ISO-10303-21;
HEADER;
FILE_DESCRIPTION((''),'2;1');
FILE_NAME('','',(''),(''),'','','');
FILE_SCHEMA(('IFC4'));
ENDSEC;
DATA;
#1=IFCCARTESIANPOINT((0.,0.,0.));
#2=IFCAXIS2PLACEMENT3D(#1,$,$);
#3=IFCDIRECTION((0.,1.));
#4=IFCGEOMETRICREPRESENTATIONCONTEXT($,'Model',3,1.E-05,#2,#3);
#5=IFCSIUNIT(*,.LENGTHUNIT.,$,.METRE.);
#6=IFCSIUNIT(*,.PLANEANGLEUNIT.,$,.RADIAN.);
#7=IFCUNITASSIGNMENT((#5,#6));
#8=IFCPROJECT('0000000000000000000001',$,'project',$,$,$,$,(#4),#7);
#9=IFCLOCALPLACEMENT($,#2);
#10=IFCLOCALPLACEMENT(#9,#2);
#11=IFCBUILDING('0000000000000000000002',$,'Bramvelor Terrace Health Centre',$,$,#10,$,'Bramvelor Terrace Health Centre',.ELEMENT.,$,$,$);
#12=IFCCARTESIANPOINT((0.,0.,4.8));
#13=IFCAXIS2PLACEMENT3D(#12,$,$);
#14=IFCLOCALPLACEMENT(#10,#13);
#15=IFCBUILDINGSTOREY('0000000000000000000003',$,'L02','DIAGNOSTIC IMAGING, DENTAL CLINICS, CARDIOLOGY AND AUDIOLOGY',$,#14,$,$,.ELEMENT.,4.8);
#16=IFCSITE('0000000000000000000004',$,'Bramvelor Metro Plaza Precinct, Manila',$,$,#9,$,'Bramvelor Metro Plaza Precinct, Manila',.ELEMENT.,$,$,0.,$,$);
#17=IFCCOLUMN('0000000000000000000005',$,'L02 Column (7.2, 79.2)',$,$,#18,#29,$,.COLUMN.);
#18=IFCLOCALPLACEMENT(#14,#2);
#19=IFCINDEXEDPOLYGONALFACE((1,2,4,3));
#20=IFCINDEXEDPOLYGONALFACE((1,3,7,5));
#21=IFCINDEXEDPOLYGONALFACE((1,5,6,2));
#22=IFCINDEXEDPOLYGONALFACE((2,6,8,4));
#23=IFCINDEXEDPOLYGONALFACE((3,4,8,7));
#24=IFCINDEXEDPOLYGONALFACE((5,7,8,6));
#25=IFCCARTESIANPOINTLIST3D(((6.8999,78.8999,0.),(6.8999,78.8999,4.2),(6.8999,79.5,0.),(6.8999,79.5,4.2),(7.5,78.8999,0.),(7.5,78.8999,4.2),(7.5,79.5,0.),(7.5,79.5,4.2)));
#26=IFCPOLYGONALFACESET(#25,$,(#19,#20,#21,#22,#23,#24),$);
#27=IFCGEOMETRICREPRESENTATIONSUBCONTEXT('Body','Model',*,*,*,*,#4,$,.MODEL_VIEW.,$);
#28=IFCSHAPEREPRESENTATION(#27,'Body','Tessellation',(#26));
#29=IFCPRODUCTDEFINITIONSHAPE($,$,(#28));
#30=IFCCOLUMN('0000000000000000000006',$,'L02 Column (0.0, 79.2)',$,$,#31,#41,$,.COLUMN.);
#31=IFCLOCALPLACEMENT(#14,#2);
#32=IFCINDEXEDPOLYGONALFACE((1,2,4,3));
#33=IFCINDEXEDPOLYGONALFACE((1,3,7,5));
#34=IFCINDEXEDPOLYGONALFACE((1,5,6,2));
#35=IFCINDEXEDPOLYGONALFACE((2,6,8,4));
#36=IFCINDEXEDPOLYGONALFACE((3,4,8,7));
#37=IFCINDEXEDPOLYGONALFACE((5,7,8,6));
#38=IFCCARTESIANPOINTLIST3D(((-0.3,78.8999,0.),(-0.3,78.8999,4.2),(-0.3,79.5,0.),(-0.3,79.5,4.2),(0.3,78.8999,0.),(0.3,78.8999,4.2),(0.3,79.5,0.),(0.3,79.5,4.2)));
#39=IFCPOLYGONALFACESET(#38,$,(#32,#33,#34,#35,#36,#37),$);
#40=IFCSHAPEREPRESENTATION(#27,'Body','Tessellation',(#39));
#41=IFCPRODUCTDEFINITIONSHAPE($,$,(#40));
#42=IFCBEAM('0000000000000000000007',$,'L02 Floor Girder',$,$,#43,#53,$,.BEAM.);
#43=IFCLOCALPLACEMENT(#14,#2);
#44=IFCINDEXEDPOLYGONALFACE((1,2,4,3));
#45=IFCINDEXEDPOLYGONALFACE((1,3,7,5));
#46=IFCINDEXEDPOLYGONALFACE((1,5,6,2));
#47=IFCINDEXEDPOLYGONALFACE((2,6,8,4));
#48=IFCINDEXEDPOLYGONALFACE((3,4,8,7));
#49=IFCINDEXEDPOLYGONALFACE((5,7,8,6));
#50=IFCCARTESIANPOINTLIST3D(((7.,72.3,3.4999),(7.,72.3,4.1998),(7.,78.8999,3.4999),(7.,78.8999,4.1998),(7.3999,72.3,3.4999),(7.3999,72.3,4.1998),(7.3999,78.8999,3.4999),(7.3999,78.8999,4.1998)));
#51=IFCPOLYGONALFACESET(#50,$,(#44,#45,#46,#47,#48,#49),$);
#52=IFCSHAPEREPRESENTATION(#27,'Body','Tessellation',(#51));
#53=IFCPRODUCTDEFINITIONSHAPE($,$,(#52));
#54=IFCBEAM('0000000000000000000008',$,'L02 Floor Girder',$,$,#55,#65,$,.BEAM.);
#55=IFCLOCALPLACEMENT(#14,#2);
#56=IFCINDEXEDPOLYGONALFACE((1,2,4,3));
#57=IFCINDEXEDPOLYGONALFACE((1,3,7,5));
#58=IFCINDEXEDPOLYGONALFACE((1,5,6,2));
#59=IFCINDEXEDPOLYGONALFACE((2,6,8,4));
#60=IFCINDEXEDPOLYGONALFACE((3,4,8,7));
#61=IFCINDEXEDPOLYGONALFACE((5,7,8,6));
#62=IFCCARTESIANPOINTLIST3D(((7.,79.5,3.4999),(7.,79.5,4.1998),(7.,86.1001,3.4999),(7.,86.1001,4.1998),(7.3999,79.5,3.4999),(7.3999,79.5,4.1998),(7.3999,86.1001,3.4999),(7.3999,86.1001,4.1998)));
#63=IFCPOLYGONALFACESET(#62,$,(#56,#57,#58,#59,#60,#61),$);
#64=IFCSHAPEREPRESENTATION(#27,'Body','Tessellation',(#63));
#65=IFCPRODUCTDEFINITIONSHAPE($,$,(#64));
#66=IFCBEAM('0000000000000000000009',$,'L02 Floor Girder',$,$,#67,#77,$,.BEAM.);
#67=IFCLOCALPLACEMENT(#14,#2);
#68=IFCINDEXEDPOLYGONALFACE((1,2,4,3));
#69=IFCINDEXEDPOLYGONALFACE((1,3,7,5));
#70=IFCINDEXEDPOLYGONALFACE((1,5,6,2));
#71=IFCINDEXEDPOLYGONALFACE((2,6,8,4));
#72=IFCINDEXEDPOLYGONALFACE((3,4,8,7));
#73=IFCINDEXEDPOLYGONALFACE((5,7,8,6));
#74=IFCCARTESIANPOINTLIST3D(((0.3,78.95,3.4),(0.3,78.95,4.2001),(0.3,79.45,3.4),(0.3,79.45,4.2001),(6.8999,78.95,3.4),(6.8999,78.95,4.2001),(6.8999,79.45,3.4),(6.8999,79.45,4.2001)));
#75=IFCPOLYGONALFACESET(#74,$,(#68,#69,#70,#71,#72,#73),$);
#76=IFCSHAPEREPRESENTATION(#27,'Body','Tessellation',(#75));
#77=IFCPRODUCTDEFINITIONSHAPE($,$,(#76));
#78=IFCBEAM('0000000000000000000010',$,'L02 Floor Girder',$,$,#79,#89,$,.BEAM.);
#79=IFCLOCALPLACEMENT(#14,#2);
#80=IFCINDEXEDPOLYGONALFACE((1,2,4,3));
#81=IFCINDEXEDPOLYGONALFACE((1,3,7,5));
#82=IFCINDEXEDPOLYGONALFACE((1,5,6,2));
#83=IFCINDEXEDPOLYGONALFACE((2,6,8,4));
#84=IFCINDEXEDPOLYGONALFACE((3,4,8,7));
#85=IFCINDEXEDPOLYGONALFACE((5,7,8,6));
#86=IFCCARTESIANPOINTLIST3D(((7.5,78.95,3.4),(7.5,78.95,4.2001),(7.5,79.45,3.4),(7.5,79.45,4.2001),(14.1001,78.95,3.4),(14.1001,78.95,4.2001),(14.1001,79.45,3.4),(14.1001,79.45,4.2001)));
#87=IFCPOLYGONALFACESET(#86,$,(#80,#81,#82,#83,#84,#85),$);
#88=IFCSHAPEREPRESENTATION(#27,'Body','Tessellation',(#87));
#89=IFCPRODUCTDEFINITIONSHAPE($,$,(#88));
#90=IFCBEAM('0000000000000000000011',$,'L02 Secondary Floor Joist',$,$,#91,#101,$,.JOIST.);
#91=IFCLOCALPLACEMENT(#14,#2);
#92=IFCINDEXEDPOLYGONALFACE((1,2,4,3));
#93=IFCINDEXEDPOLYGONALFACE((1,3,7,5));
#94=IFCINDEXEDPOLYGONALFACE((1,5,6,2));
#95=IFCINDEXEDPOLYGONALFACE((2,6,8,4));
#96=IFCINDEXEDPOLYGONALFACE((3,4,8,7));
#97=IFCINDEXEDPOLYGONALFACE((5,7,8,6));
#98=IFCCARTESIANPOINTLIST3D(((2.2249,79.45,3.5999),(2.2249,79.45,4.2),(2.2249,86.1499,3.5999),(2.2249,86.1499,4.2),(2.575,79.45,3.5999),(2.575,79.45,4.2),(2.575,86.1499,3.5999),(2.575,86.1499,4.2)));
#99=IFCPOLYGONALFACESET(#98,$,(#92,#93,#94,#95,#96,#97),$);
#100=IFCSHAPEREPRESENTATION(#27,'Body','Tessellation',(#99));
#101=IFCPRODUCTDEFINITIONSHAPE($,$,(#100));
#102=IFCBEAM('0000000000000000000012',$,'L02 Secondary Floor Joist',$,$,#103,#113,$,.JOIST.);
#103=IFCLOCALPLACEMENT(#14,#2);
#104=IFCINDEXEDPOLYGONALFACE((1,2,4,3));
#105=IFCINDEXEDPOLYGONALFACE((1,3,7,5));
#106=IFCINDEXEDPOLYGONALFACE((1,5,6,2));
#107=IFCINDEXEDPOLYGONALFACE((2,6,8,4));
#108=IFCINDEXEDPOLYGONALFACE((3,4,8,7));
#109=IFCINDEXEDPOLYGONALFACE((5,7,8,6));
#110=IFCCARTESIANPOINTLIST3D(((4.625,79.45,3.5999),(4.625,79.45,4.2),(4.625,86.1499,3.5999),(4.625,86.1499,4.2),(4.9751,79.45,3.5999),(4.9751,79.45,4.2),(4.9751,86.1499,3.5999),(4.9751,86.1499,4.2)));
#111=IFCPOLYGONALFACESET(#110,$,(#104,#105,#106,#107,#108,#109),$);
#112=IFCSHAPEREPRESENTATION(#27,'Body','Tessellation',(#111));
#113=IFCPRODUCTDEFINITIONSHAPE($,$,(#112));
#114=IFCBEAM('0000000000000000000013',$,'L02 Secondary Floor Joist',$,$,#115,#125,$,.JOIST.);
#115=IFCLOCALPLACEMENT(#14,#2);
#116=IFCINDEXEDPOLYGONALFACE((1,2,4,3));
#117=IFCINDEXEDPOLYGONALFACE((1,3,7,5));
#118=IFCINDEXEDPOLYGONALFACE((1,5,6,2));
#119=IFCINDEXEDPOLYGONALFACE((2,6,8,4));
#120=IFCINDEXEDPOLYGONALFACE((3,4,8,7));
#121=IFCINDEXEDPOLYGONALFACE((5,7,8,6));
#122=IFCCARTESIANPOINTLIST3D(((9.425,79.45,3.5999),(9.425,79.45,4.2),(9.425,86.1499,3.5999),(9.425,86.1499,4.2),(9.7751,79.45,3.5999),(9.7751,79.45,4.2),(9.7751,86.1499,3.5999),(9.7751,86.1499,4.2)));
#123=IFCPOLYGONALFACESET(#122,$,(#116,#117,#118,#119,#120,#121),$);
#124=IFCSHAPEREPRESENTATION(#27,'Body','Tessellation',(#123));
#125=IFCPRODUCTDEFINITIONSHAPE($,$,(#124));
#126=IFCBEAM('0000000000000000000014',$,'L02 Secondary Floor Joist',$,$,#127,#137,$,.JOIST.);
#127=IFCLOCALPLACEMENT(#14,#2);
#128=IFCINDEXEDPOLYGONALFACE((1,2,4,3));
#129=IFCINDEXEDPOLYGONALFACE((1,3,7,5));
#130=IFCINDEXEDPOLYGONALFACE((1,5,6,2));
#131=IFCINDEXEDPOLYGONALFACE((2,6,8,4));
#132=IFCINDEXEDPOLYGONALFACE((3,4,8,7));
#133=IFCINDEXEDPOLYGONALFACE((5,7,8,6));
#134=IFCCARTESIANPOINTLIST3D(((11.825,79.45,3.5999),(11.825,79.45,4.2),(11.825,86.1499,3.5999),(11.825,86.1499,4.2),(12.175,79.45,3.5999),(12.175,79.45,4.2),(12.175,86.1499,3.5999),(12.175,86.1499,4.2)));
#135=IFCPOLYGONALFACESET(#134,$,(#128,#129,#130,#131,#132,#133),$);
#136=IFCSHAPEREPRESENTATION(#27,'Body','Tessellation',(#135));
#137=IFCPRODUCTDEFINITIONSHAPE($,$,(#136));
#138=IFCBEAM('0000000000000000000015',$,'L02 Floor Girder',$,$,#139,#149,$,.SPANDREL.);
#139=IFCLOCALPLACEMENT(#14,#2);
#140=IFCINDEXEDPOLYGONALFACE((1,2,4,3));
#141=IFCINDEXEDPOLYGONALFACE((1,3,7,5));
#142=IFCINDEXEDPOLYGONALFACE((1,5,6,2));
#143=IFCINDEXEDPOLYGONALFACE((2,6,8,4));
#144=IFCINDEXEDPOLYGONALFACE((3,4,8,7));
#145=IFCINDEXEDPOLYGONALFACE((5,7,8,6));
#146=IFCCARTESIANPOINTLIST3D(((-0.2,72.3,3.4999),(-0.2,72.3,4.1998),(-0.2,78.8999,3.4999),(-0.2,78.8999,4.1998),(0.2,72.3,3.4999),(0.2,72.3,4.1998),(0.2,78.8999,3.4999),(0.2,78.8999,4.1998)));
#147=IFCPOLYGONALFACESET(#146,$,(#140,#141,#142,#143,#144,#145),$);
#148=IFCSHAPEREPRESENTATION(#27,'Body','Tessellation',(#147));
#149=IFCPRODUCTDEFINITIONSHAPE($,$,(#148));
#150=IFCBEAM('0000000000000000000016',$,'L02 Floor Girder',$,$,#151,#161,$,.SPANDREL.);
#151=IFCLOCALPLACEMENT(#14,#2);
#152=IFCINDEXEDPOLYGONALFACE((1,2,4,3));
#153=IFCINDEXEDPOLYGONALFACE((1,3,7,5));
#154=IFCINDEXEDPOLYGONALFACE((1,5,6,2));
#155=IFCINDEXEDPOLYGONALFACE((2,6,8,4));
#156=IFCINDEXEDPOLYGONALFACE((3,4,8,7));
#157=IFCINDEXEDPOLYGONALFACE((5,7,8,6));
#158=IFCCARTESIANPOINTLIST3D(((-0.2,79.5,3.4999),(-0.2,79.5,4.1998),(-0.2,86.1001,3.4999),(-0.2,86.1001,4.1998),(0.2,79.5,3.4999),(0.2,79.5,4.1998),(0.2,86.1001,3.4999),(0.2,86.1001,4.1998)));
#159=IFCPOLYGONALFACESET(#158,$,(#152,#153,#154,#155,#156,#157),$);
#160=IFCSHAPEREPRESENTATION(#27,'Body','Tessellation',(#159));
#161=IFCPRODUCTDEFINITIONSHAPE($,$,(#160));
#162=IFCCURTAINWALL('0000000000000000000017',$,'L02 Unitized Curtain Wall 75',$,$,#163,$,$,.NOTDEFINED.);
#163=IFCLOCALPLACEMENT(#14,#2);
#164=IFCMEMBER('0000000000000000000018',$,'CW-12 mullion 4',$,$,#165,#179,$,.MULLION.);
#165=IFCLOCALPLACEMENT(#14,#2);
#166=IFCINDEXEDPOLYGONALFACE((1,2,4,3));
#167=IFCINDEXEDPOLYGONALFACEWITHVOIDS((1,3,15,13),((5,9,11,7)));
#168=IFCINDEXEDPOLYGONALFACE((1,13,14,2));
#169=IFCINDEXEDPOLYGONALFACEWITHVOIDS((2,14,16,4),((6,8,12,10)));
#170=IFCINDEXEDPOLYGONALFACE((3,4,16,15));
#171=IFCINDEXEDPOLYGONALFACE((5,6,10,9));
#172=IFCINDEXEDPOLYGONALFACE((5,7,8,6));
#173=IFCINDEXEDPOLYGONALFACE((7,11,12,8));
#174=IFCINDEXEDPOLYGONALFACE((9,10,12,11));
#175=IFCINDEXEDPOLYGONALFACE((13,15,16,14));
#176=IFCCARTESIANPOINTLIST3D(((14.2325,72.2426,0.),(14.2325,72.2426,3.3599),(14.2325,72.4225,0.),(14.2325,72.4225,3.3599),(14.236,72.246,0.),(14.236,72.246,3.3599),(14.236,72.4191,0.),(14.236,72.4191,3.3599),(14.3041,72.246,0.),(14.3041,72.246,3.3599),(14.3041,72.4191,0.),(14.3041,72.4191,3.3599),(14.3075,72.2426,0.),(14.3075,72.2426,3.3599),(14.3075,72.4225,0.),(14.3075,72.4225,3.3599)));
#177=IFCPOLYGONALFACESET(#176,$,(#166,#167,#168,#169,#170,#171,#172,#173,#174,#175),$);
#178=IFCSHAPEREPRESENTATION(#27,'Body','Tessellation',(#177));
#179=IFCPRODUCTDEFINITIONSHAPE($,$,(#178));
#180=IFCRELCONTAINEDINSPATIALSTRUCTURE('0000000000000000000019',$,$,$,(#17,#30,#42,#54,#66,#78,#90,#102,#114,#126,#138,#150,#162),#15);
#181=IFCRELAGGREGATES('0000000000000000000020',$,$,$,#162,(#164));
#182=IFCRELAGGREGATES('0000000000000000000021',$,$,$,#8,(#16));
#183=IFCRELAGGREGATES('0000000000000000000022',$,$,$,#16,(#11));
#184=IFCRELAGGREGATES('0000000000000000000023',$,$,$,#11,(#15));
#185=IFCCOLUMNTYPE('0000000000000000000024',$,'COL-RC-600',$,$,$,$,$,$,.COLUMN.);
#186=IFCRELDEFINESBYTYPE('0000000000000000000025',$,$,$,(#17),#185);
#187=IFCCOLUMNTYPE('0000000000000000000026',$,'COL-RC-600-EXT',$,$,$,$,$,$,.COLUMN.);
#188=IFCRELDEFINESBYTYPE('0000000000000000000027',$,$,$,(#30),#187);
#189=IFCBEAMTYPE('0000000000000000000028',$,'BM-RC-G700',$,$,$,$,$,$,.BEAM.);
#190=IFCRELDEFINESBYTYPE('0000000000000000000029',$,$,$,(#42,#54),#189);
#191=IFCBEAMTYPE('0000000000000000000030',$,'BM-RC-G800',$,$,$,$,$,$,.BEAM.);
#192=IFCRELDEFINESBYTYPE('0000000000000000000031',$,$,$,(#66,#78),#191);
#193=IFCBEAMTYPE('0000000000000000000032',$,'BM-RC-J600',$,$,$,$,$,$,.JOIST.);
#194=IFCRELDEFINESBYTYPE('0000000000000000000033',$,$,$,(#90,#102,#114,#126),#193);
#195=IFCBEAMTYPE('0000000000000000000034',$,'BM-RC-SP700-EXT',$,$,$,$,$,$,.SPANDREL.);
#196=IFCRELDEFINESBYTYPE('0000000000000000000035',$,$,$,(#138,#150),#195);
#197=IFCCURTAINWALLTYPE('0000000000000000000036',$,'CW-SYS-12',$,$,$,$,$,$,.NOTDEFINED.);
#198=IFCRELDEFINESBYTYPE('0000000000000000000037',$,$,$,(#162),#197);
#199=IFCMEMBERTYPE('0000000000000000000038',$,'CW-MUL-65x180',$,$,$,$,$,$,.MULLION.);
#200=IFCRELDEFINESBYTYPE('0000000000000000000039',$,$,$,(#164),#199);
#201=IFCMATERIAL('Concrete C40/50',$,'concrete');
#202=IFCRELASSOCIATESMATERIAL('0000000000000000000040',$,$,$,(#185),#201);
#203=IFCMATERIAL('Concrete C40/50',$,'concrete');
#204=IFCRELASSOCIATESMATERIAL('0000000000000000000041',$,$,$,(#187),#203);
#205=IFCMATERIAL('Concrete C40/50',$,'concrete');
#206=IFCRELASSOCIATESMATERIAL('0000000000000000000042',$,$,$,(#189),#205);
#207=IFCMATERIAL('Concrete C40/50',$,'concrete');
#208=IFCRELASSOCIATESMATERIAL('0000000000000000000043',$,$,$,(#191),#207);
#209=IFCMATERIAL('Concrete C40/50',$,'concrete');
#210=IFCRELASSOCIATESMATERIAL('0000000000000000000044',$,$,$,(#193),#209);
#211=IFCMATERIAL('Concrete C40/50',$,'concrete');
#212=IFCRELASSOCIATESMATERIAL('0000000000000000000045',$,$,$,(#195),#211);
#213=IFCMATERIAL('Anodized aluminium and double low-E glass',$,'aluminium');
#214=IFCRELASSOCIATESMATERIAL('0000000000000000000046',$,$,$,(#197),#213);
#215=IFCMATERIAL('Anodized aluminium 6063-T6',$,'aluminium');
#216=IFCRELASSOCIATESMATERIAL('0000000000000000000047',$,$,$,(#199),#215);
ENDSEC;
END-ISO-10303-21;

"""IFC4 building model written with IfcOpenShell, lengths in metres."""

from ifc_helpers import new_model, si_unit, direction, frame, origin, origin_2d, place, context, subcontext, project, spatial, rectangle, hollow_rectangle, extrude, material, material_profile, profile_set, type_object, element, aggregate, save


model = new_model("IFC4")

# Units and contexts
model_context = context("Model", 3, precision=1e-05, world=origin(), true_north=direction((0.0, 1.0)))
body_context = subcontext(model_context, "Body", "Model", "MODEL_VIEW")
ifc_project = project(units=[si_unit("LENGTHUNIT", "METRE"), si_unit("PLANEANGLEUNIT", "RADIAN")], contexts=[model_context])

# Site, building, storey
site_placement = place(None, origin())
site = spatial("IfcSite", under=ifc_project, at=site_placement, Name="Bramvelor Metro Plaza Precinct, Manila", LongName="Bramvelor Metro Plaza Precinct, Manila", CompositionType="ELEMENT", RefElevation=0.0)
building_placement = place(site_placement, origin())
building = spatial("IfcBuilding", under=site, at=building_placement, Name="Bramvelor Terrace Health Centre", LongName="Bramvelor Terrace Health Centre", CompositionType="ELEMENT")
storey_placement = place(building_placement, frame((0.0, 0.0, 4.8)))
storey = spatial("IfcBuildingStorey", under=building, at=storey_placement, Name="L02", Description="DIAGNOSTIC IMAGING, DENTAL CLINICS, CARDIOLOGY AND AUDIOLOGY", CompositionType="ELEMENT", Elevation=4.8)

# Columns
ifc_material_1 = material(Name="Concrete C40/50", Category="concrete")
ifc_material_profile_1 = material_profile(ifc_material_1, rectangle(XDim=0.6001, YDim=0.6001, at=origin_2d()), Name="RC 600x600")
ifc_profile_set_1 = profile_set([ifc_material_profile_1], Name="Concrete C40/50")
column_type_1 = type_object("IfcColumnType", Name="COL-RC-600", PredefinedType="COLUMN", material=ifc_profile_set_1)
column_1_placement = place(storey_placement, frame((7.2, 79.2, 0.0), z_axis=(0.0, 0.0, 1.0), x_axis=(1.0, 0.0, 0.0)))
element("IfcColumn", 1, at=column_1_placement, inside=storey, type_object=column_type_1, Name="L02 Column (7.2, 79.2)", PredefinedType="COLUMN", context=body_context, shape_type="SweptSolid", body=[
    extrude(rectangle(XDim=0.6001, YDim=0.6001, at=origin_2d()), origin(), (0.0, 0.0, 1.0), 4.2),
])
ifc_material_2 = material(Name="Concrete C40/50", Category="concrete")
ifc_material_profile_2 = material_profile(ifc_material_2, rectangle(XDim=0.6001, YDim=0.6001, at=origin_2d()), Name="RC 600x600")
ifc_profile_set_2 = profile_set([ifc_material_profile_2], Name="Concrete C40/50")
column_type_2 = type_object("IfcColumnType", Name="COL-RC-600-EXT", PredefinedType="COLUMN", material=ifc_profile_set_2)
column_2_placement = place(storey_placement, frame((0.0, 79.2, 0.0), z_axis=(0.0, 0.0, 1.0), x_axis=(1.0, 0.0, 0.0)))
element("IfcColumn", 2, at=column_2_placement, inside=storey, type_object=column_type_2, Name="L02 Column (0.0, 79.2)", PredefinedType="COLUMN", context=body_context, shape_type="SweptSolid", body=[
    extrude(rectangle(XDim=0.6001, YDim=0.6001, at=origin_2d()), origin(), (0.0, 0.0, 1.0), 4.2),
])

# Beams
ifc_material_3 = material(Name="Concrete C40/50", Category="concrete")
ifc_material_profile_3 = material_profile(ifc_material_3, rectangle(XDim=0.3999, YDim=0.7, at=origin_2d()), Name="RC 400x700")
ifc_profile_set_3 = profile_set([ifc_material_profile_3], Name="Concrete C40/50")
beam_type_1 = type_object("IfcBeamType", Name="BM-RC-G700", PredefinedType="BEAM", material=ifc_profile_set_3)
beam_1_placement = place(storey_placement, frame((7.2, 72.3, 3.8499), z_axis=(0.0, 1.0, 0.0), x_axis=(-1.0, 0.0, 0.0)))
element("IfcBeam", 3, at=beam_1_placement, inside=storey, type_object=beam_type_1, Name="L02 Floor Girder", PredefinedType="BEAM", context=body_context, shape_type="SweptSolid", body=[
    extrude(rectangle(XDim=0.3999, YDim=0.7, at=origin_2d()), origin(), (0.0, 0.0, 1.0), 6.5999),
])
beam_2_placement = place(storey_placement, frame((7.2, 79.5, 3.8499), z_axis=(0.0, 1.0, 0.0), x_axis=(-1.0, 0.0, 0.0)))
element("IfcBeam", 4, at=beam_2_placement, inside=storey, type_object=beam_type_1, Name="L02 Floor Girder", PredefinedType="BEAM", context=body_context, shape_type="SweptSolid", body=[
    extrude(rectangle(XDim=0.3999, YDim=0.7, at=origin_2d()), origin(), (0.0, 0.0, 1.0), 6.6001),
])
ifc_material_4 = material(Name="Concrete C40/50", Category="concrete")
ifc_material_profile_4 = material_profile(ifc_material_4, rectangle(XDim=0.5, YDim=0.8, at=origin_2d()), Name="RC 500x800")
ifc_profile_set_4 = profile_set([ifc_material_profile_4], Name="Concrete C40/50")
beam_type_2 = type_object("IfcBeamType", Name="BM-RC-G800", PredefinedType="BEAM", material=ifc_profile_set_4)
beam_3_placement = place(storey_placement, frame((0.3, 79.2, 3.8), z_axis=(1.0, 0.0, 0.0), x_axis=(0.0, 1.0, 0.0)))
element("IfcBeam", 5, at=beam_3_placement, inside=storey, type_object=beam_type_2, Name="L02 Floor Girder", PredefinedType="BEAM", context=body_context, shape_type="SweptSolid", body=[
    extrude(rectangle(XDim=0.5, YDim=0.8, at=origin_2d()), origin(), (0.0, 0.0, 1.0), 6.5999),
])
beam_4_placement = place(storey_placement, frame((7.5, 79.2, 3.8), z_axis=(1.0, 0.0, 0.0), x_axis=(0.0, 1.0, 0.0)))
element("IfcBeam", 6, at=beam_4_placement, inside=storey, type_object=beam_type_2, Name="L02 Floor Girder", PredefinedType="BEAM", context=body_context, shape_type="SweptSolid", body=[
    extrude(rectangle(XDim=0.5, YDim=0.8, at=origin_2d()), origin(), (0.0, 0.0, 1.0), 6.6001),
])
ifc_material_5 = material(Name="Concrete C40/50", Category="concrete")
ifc_material_profile_5 = material_profile(ifc_material_5, rectangle(XDim=0.3501, YDim=0.6001, at=origin_2d()), Name="RC 350x600")
ifc_profile_set_5 = profile_set([ifc_material_profile_5], Name="Concrete C40/50")
beam_type_3 = type_object("IfcBeamType", Name="BM-RC-J600", PredefinedType="JOIST", material=ifc_profile_set_5)
for number, where, z_axis, x_axis, name in (
    (7, (2.3999, 79.45, 3.8999), (0.0, 1.0, 0.0), (-1.0, 0.0, 0.0), "L02 Secondary Floor Joist"),
    (8, (4.8, 79.45, 3.8999), (0.0, 1.0, 0.0), (-1.0, 0.0, 0.0), "L02 Secondary Floor Joist"),
    (9, (9.6001, 79.45, 3.8999), (0.0, 1.0, 0.0), (-1.0, 0.0, 0.0), "L02 Secondary Floor Joist"),
    (10, (12.0, 79.45, 3.8999), (0.0, 1.0, 0.0), (-1.0, 0.0, 0.0), "L02 Secondary Floor Joist"),
):
    element("IfcBeam", number, at=place(storey_placement, frame(where, z_axis=z_axis, x_axis=x_axis)), inside=storey, type_object=beam_type_3, Name=name, PredefinedType="JOIST", context=body_context, shape_type="SweptSolid", body=[
        extrude(rectangle(XDim=0.3501, YDim=0.6001, at=origin_2d()), origin(), (0.0, 0.0, 1.0), 6.7),
    ])
ifc_material_6 = material(Name="Concrete C40/50", Category="concrete")
ifc_material_profile_6 = material_profile(ifc_material_6, rectangle(XDim=0.3999, YDim=0.7, at=origin_2d()), Name="RC 400x700")
ifc_profile_set_6 = profile_set([ifc_material_profile_6], Name="Concrete C40/50")
beam_type_4 = type_object("IfcBeamType", Name="BM-RC-SP700-EXT", PredefinedType="SPANDREL", material=ifc_profile_set_6)
beam_5_placement = place(storey_placement, frame((0.0, 72.3, 3.8499), z_axis=(0.0, 1.0, 0.0), x_axis=(-1.0, 0.0, 0.0)))
element("IfcBeam", 11, at=beam_5_placement, inside=storey, type_object=beam_type_4, Name="L02 Floor Girder", PredefinedType="SPANDREL", context=body_context, shape_type="SweptSolid", body=[
    extrude(rectangle(XDim=0.3999, YDim=0.7, at=origin_2d()), origin(), (0.0, 0.0, 1.0), 6.5999),
])
beam_6_placement = place(storey_placement, frame((0.0, 79.5, 3.8499), z_axis=(0.0, 1.0, 0.0), x_axis=(-1.0, 0.0, 0.0)))
element("IfcBeam", 12, at=beam_6_placement, inside=storey, type_object=beam_type_4, Name="L02 Floor Girder", PredefinedType="SPANDREL", context=body_context, shape_type="SweptSolid", body=[
    extrude(rectangle(XDim=0.3999, YDim=0.7, at=origin_2d()), origin(), (0.0, 0.0, 1.0), 6.6001),
])

# Curtain wall, member
ifc_material_7 = material(Name="Anodized aluminium and double low-E glass", Category="aluminium")
curtain_wall_type = type_object("IfcCurtainWallType", Name="CW-SYS-12", PredefinedType="NOTDEFINED", material=ifc_material_7)
curtain_wall_1_placement = place(storey_placement, origin())
curtain_wall_1 = element("IfcCurtainWall", 13, at=curtain_wall_1_placement, inside=storey, type_object=curtain_wall_type, Name="L02 Unitized Curtain Wall 75", PredefinedType="NOTDEFINED")
ifc_material_8 = material(Name="Anodized aluminium 6063-T6", Category="aluminium")
ifc_material_profile_7 = material_profile(ifc_material_8, hollow_rectangle(XDim=0.075, YDim=0.1799, WallThickness=0.0034, at=origin_2d()), Name="ALU-MUL 75x180x3.5")
ifc_profile_set_7 = profile_set([ifc_material_profile_7], Name="Anodized aluminium 6063-T6")
member_type_1 = type_object("IfcMemberType", Name="CW-MUL-65x180", PredefinedType="MULLION", material=ifc_profile_set_7)
member_1_placement = place(storey_placement, frame((14.27, 72.3325, 0.0), z_axis=(0.0, 0.0, 1.0), x_axis=(1.0, 0.0, 0.0)))
member_1 = element("IfcMember", 14, at=member_1_placement, type_object=member_type_1, Name="CW-12 mullion 4", PredefinedType="MULLION", context=body_context, shape_type="SweptSolid", body=[
    extrude(hollow_rectangle(XDim=0.075, YDim=0.1799, WallThickness=0.0034, at=origin_2d()), origin(), (0.0, 0.0, 1.0), 3.3599),
])
aggregate(curtain_wall_1, [member_1])

save(model, "model.ifc")
